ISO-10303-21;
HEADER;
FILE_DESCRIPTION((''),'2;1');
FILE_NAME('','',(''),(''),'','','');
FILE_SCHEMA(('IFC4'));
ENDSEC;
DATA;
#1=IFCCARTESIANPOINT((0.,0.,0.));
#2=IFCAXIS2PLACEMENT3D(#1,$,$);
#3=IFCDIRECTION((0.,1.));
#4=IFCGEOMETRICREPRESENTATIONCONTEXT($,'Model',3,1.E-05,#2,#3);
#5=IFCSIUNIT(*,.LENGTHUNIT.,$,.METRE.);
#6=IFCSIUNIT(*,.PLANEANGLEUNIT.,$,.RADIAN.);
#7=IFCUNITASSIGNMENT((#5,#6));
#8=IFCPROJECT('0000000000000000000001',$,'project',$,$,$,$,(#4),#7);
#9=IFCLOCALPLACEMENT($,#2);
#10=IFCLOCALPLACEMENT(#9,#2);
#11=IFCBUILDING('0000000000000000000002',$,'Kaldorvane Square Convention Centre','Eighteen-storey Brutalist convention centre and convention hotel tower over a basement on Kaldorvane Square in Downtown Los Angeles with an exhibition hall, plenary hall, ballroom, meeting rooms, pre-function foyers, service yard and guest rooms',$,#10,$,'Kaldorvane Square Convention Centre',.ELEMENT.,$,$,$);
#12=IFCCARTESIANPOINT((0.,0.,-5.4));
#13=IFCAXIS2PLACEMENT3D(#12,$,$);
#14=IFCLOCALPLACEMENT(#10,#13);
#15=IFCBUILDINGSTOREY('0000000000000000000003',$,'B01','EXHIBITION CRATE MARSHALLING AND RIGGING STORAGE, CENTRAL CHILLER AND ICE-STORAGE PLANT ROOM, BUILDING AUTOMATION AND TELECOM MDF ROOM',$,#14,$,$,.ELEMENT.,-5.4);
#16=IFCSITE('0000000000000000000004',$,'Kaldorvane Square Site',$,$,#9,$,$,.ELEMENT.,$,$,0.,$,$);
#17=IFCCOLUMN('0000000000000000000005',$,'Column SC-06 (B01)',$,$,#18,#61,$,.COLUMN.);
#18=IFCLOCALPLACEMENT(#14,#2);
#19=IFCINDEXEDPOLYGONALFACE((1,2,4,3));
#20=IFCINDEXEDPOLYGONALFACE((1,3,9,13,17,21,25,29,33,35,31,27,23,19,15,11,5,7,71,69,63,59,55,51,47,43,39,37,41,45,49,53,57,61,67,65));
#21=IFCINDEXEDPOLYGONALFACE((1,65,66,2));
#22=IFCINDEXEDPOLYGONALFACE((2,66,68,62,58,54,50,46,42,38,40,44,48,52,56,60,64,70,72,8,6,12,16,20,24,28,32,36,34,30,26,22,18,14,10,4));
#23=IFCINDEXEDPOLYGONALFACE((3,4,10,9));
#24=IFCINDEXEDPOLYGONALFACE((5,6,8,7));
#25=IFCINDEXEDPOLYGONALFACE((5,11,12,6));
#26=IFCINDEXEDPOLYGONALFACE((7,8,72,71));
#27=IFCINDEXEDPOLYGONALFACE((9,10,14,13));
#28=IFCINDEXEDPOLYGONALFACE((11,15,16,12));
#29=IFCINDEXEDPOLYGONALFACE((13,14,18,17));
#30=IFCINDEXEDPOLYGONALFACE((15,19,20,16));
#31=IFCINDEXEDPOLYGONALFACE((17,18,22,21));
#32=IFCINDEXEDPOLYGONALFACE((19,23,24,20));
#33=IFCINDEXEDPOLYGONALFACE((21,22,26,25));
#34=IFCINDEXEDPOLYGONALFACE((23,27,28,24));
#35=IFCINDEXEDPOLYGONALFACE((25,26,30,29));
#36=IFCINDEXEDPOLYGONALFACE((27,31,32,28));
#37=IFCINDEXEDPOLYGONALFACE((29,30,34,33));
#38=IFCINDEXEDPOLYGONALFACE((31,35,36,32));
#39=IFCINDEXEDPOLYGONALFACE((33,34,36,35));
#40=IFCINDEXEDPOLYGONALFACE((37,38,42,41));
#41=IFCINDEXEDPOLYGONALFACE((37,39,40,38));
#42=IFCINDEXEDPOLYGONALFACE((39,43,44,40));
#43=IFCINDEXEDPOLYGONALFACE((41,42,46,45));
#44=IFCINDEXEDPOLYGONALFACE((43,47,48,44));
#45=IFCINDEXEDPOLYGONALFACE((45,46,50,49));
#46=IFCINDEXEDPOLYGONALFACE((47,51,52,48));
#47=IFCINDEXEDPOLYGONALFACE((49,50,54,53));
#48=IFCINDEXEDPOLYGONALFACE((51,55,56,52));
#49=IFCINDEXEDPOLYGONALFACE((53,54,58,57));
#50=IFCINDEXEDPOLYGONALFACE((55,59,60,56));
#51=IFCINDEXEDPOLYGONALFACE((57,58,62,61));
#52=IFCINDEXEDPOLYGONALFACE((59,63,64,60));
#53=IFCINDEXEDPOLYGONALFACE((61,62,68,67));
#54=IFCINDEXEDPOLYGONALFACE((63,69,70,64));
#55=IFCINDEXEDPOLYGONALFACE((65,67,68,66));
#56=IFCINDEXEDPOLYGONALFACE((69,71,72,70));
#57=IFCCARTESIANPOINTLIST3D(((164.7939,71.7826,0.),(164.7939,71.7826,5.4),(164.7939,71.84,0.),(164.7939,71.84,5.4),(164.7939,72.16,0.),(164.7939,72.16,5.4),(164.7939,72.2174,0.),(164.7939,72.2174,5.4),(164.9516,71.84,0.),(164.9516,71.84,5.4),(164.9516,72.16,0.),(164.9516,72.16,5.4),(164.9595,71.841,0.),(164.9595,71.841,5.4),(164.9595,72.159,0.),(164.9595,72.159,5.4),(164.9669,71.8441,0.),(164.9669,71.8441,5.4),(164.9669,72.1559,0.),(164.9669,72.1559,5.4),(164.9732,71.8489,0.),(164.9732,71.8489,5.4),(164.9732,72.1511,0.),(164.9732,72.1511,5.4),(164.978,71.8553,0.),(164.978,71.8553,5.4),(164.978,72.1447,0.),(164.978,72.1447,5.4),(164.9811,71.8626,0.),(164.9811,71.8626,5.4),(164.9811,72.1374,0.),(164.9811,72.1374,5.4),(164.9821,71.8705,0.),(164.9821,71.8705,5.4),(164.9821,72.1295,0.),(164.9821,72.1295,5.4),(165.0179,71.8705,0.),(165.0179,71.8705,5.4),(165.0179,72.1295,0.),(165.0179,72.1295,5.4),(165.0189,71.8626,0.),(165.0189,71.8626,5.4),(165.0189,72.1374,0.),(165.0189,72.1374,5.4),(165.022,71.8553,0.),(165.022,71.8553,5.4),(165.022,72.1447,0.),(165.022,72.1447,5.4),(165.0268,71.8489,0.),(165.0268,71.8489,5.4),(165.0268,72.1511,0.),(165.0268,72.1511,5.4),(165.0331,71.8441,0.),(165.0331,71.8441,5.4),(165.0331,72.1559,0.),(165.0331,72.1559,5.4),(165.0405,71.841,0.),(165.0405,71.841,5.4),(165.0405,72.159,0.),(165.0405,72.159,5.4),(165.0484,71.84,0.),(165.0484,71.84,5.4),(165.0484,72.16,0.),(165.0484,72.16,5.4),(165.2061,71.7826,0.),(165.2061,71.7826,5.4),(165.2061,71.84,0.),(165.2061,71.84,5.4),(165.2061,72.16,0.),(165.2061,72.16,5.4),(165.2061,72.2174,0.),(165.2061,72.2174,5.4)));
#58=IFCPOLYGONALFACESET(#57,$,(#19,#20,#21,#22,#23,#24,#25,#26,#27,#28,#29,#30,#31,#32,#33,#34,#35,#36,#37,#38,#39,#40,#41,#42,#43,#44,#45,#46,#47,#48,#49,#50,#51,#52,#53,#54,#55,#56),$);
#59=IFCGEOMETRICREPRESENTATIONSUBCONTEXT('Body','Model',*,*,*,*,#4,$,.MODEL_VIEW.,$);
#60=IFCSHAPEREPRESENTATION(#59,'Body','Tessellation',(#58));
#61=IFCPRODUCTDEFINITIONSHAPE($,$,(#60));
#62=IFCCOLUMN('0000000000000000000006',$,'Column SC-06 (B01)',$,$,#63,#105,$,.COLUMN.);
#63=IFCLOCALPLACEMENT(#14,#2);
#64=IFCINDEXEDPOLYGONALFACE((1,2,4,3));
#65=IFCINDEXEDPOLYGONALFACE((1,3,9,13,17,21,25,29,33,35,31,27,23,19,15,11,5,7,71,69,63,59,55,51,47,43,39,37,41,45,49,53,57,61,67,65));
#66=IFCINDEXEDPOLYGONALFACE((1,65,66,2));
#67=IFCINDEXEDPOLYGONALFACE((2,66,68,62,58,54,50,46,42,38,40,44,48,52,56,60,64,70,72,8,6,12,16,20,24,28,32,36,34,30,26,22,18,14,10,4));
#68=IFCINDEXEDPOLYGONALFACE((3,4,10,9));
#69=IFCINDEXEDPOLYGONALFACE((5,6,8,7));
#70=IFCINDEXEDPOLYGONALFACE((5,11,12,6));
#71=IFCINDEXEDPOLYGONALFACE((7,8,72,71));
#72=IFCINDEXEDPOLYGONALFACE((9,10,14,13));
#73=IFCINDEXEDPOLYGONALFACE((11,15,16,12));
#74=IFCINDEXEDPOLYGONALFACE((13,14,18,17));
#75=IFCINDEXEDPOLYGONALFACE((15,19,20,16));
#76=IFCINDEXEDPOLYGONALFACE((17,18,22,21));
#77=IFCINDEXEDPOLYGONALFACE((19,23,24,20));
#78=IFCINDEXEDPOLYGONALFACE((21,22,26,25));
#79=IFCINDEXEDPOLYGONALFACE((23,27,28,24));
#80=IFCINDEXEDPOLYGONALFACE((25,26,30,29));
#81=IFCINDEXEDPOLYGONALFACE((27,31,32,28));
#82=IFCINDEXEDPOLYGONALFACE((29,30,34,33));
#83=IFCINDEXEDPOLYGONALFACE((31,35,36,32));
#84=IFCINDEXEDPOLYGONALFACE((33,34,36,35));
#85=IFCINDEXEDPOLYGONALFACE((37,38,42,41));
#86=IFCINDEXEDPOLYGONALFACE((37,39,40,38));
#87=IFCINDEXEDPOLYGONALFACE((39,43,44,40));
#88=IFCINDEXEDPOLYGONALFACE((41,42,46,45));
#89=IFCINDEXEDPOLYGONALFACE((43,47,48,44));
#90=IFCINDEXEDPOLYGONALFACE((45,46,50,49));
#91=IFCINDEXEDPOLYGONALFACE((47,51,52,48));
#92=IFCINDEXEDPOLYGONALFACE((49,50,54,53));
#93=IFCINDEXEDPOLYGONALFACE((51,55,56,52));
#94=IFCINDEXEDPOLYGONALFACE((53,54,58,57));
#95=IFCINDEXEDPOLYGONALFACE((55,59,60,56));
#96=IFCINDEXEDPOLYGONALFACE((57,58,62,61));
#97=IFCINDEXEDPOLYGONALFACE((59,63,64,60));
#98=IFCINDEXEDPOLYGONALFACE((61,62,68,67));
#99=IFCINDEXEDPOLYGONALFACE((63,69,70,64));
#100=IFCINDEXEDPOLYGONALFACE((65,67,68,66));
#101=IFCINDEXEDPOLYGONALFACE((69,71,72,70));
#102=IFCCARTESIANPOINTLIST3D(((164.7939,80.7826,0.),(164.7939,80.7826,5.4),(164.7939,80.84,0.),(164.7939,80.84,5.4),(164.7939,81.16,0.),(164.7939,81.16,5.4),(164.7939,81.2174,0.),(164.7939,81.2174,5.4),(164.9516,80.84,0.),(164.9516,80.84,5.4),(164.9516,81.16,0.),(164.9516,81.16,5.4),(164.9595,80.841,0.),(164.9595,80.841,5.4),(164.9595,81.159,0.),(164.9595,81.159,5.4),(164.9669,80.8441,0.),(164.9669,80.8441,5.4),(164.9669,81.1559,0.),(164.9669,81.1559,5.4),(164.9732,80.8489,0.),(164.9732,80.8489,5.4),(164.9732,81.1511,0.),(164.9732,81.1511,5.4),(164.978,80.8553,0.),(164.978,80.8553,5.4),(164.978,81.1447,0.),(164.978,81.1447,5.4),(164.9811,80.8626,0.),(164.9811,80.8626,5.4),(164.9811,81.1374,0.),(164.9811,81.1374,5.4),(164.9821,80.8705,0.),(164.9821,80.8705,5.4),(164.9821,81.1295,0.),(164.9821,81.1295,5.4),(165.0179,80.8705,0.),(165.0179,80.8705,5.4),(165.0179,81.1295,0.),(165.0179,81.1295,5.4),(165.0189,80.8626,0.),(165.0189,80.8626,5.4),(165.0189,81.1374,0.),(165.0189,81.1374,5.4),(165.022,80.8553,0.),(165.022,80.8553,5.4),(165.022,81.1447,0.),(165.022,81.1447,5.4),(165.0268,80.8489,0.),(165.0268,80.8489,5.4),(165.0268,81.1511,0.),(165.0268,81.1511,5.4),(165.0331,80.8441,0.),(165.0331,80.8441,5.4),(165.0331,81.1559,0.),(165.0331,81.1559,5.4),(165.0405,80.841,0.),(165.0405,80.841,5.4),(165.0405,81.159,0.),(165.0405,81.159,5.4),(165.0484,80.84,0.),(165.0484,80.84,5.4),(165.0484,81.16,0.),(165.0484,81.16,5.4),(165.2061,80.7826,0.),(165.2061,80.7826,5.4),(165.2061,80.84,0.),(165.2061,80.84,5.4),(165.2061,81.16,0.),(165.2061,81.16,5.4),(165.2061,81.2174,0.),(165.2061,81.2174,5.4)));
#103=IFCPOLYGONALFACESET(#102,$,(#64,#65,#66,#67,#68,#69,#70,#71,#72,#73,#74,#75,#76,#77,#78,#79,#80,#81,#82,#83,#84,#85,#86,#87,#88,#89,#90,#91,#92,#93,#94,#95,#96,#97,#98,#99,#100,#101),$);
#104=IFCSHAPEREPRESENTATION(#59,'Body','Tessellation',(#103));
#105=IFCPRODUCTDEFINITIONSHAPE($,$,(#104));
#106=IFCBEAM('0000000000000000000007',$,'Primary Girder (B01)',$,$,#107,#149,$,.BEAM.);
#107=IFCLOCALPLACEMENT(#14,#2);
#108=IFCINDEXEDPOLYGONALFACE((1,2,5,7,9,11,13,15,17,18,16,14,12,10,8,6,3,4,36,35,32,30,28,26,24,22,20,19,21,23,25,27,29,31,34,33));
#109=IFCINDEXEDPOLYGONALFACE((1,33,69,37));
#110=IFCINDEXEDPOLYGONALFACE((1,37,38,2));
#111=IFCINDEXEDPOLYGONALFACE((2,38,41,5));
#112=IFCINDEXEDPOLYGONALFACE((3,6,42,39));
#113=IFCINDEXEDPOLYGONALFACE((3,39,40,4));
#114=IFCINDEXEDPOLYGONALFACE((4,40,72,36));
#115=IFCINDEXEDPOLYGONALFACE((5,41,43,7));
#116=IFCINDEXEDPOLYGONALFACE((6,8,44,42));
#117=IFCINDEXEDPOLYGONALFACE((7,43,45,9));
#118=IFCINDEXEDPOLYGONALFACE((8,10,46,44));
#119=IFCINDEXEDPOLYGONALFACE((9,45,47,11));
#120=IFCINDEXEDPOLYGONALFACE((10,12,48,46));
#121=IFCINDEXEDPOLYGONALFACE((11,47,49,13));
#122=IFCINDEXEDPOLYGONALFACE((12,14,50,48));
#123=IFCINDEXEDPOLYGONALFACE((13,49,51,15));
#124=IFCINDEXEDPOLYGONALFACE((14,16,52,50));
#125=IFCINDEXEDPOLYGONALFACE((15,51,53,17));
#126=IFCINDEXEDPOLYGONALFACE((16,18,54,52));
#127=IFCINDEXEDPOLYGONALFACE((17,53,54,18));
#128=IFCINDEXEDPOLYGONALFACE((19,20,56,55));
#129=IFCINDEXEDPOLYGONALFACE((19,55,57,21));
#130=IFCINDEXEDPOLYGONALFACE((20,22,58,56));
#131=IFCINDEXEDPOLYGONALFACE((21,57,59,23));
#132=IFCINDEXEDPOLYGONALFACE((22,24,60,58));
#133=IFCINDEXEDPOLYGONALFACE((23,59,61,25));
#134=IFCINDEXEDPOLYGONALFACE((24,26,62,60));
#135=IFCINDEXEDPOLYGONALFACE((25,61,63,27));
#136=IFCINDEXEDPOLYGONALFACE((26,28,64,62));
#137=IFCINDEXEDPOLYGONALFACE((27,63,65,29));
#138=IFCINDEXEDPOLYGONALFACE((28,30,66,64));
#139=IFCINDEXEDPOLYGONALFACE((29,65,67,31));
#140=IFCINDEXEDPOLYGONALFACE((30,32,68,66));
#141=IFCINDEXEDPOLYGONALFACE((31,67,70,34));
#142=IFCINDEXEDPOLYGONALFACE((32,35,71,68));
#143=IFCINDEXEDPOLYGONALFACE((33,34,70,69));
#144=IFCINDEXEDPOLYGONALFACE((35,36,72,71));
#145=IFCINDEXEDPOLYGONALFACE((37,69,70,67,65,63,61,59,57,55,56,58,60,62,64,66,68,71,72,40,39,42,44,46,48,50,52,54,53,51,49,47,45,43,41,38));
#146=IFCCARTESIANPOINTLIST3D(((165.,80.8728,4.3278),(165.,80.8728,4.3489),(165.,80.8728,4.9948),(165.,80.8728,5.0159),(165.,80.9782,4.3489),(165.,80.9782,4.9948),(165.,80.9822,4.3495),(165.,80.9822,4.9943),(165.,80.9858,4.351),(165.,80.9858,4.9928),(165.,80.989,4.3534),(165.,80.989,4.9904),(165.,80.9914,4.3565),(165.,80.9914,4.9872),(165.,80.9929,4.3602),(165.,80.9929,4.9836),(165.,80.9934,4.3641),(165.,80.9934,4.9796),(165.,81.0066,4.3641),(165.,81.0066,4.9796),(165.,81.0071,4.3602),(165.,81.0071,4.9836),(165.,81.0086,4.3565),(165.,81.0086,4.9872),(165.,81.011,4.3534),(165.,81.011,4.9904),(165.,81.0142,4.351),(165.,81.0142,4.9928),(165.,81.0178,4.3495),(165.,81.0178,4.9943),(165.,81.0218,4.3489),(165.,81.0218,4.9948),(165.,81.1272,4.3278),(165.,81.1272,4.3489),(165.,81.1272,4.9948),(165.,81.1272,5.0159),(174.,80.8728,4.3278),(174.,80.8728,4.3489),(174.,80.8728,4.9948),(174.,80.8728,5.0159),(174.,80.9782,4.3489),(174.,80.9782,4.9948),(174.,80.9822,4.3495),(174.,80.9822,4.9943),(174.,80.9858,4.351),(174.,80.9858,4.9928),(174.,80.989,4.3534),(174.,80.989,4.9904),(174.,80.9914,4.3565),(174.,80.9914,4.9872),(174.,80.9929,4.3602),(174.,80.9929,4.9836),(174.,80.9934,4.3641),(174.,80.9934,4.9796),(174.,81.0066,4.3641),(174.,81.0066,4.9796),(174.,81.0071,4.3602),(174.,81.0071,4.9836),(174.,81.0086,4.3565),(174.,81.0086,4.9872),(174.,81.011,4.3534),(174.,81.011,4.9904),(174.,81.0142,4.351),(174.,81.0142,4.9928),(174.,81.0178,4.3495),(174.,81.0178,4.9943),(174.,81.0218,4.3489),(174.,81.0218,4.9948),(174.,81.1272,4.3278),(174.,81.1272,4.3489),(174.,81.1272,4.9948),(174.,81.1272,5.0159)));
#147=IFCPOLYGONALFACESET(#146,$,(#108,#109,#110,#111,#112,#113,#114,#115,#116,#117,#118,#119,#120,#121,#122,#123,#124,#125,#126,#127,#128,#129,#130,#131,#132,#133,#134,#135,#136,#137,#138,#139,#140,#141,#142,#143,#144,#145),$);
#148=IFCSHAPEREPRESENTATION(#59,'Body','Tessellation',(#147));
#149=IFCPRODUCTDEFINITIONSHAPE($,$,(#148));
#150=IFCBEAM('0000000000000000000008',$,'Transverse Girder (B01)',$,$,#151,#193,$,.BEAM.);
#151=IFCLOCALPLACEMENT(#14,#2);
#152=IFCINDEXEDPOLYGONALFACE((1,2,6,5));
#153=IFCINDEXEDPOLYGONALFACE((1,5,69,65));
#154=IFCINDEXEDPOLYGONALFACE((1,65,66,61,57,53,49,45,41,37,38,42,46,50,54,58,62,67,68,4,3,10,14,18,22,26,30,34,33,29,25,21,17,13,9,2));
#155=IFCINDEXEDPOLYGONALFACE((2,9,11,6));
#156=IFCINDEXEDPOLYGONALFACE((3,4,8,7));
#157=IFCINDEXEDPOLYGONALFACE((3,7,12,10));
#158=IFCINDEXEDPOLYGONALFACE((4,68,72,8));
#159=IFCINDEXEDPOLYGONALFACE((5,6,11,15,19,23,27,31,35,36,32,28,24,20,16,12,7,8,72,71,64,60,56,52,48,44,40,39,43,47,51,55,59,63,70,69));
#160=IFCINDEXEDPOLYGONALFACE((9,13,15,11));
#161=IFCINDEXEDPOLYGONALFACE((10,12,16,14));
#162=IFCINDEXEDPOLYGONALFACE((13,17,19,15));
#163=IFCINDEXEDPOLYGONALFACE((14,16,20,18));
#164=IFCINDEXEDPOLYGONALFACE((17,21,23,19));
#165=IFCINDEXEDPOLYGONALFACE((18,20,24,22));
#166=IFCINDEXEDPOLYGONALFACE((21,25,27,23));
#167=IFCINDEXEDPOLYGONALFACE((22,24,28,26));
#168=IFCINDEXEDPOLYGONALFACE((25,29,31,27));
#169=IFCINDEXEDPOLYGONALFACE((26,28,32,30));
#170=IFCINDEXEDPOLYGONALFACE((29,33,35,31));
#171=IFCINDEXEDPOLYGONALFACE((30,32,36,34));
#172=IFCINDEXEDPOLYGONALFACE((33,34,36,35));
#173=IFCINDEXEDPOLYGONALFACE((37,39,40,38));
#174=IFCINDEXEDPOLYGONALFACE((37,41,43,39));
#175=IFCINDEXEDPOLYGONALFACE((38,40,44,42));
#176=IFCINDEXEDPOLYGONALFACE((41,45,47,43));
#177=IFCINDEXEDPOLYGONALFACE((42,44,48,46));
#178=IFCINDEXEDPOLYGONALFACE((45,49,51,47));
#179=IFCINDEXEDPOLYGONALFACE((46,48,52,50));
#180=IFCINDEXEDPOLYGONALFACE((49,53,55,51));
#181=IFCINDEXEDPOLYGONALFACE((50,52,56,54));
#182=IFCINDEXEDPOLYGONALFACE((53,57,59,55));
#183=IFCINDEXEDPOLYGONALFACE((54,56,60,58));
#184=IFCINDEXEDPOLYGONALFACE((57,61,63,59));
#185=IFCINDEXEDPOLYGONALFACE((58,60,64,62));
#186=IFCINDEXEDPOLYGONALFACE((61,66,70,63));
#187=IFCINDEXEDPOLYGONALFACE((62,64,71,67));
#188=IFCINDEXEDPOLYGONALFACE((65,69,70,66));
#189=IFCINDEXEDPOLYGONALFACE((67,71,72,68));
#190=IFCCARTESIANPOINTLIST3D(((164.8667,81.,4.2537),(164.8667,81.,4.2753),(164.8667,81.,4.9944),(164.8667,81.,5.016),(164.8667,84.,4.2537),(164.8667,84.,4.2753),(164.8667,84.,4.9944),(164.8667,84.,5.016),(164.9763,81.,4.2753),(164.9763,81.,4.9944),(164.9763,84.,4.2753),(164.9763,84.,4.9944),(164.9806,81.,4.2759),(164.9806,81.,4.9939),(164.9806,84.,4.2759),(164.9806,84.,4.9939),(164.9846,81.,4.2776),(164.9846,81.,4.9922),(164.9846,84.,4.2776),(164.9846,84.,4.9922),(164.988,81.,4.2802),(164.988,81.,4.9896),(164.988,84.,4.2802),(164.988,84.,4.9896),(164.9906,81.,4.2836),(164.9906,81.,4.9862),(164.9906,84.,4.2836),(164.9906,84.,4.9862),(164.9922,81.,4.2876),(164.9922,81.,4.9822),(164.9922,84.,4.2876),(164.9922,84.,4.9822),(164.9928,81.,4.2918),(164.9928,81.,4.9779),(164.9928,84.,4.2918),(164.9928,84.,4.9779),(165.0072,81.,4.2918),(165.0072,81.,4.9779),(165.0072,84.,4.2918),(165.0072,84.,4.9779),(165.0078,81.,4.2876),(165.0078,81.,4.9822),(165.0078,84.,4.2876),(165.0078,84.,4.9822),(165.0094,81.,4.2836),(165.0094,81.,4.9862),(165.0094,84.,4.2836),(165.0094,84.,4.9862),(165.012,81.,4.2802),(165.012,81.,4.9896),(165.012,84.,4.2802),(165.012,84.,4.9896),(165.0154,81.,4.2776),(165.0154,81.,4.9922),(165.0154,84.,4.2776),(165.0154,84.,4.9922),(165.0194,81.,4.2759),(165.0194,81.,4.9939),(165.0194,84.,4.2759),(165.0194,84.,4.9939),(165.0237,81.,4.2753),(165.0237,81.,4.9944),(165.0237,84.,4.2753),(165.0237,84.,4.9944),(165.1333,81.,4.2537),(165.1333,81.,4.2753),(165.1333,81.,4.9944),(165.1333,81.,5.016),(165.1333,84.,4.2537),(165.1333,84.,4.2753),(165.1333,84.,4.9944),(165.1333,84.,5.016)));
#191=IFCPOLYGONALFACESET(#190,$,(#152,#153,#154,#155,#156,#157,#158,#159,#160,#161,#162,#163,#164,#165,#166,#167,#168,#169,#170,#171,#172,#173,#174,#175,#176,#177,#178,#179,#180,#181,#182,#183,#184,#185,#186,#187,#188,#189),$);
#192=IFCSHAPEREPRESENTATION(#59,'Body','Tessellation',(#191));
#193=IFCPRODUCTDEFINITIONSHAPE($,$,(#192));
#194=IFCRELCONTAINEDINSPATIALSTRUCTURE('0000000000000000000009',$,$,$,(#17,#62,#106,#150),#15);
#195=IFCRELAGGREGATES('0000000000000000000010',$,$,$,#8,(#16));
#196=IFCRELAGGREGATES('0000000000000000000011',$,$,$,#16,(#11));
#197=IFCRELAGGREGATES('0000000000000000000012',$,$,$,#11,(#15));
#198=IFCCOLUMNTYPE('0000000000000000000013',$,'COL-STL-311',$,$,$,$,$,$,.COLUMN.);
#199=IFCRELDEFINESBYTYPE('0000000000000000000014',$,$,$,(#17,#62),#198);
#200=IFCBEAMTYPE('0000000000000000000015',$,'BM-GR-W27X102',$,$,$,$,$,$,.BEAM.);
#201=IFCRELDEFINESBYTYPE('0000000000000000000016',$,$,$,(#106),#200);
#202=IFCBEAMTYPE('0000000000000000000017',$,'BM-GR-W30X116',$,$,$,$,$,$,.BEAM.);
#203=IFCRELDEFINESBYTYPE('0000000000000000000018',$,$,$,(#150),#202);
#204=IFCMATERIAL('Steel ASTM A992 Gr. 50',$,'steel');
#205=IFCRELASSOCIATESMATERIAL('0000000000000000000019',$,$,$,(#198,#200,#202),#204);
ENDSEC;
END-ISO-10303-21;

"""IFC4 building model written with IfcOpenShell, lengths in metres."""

from ifc_helpers import new_model, si_unit, direction, frame, origin, origin_2d, place, context, subcontext, project, spatial, i_section, extrude, material, material_profile, profile_set, type_object, element, save


model = new_model("IFC4")

# Units and contexts
model_context = context("Model", 3, precision=1e-05, world=origin(), true_north=direction((0.0, 1.0)))
body_context = subcontext(model_context, "Body", "Model", "MODEL_VIEW")
ifc_project = project(units=[si_unit("LENGTHUNIT", "METRE"), si_unit("PLANEANGLEUNIT", "RADIAN")], contexts=[model_context])

# Site, building, storey
site_placement = place(None, origin())
site = spatial("IfcSite", under=ifc_project, at=site_placement, Name="Kaldorvane Square Site", CompositionType="ELEMENT", RefElevation=0.0)
building_placement = place(site_placement, origin())
building = spatial("IfcBuilding", under=site, at=building_placement, Name="Kaldorvane Square Convention Centre", Description="Eighteen-storey Brutalist convention centre and convention hotel tower over a basement on Kaldorvane Square in Downtown Los Angeles with an exhibition hall, plenary hall, ballroom, meeting rooms, pre-function foyers, service yard and guest rooms", LongName="Kaldorvane Square Convention Centre", CompositionType="ELEMENT")
storey_placement = place(building_placement, frame((0.0, 0.0, -5.4)))
storey = spatial("IfcBuildingStorey", under=building, at=storey_placement, Name="B01", Description="EXHIBITION CRATE MARSHALLING AND RIGGING STORAGE, CENTRAL CHILLER AND ICE-STORAGE PLANT ROOM, BUILDING AUTOMATION AND TELECOM MDF ROOM", CompositionType="ELEMENT", Elevation=-5.4)

# Columns
ifc_material_1 = material(Name="Steel ASTM A992 Gr. 50", Category="steel")
ifc_material_profile_1 = material_profile(ifc_material_1, i_section(OverallWidth=0.4122, OverallDepth=0.4348, WebThickness=0.0358, FlangeThickness=0.0574, FilletRadius=0.0305, at=origin_2d()), Name="W14X311")
ifc_profile_set_1 = profile_set([ifc_material_profile_1], Name="Steel ASTM A992 Gr. 50")
column_type_1 = type_object("IfcColumnType", Name="COL-STL-311", PredefinedType="COLUMN", material=ifc_profile_set_1)
for number, where, z_axis, x_axis, name in (
    (1, (165.0, 72.0, 0.0), (0.0, 0.0, 1.0), (1.0, 0.0, 0.0), "Column SC-06 (B01)"),
    (2, (165.0, 81.0, 0.0), (0.0, 0.0, 1.0), (1.0, 0.0, 0.0), "Column SC-06 (B01)"),
):
    element("IfcColumn", number, at=place(storey_placement, frame(where, z_axis=z_axis, x_axis=x_axis)), inside=storey, type_object=column_type_1, Name=name, PredefinedType="COLUMN", context=body_context, shape_type="SweptSolid", body=[
        extrude(i_section(OverallWidth=0.4122, OverallDepth=0.4348, WebThickness=0.0358, FlangeThickness=0.0574, FilletRadius=0.0305, at=origin_2d()), origin(), (0.0, 0.0, 1.0), 5.4),
    ])

# Beams
ifc_material_profile_2 = material_profile(ifc_material_1, i_section(OverallWidth=0.2544, OverallDepth=0.6881, WebThickness=0.0131, FlangeThickness=0.0211, FilletRadius=0.0152, at=origin_2d()), Name="W27X102")
ifc_profile_set_2 = profile_set([ifc_material_profile_2], Name="Steel ASTM A992 Gr. 50")
beam_type_1 = type_object("IfcBeamType", Name="BM-GR-W27X102", PredefinedType="BEAM", material=ifc_profile_set_2)
beam_1_placement = place(storey_placement, frame((165.0, 81.0, 4.6719), z_axis=(1.0, 0.0, 0.0), x_axis=(0.0, 1.0, 0.0)))
element("IfcBeam", 3, at=beam_1_placement, inside=storey, type_object=beam_type_1, Name="Primary Girder (B01)", PredefinedType="BEAM", context=body_context, shape_type="SweptSolid", body=[
    extrude(i_section(OverallWidth=0.2544, OverallDepth=0.6881, WebThickness=0.0131, FlangeThickness=0.0211, FilletRadius=0.0152, at=origin_2d()), origin(), (0.0, 0.0, 1.0), 9.0),
])
ifc_material_profile_3 = material_profile(ifc_material_1, i_section(OverallWidth=0.2666, OverallDepth=0.7623, WebThickness=0.0144, FlangeThickness=0.0216, FilletRadius=0.0165, at=origin_2d()), Name="W30X116")
ifc_profile_set_3 = profile_set([ifc_material_profile_3], Name="Steel ASTM A992 Gr. 50")
beam_type_2 = type_object("IfcBeamType", Name="BM-GR-W30X116", PredefinedType="BEAM", material=ifc_profile_set_3)
beam_2_placement = place(storey_placement, frame((165.0, 81.0, 4.6349), z_axis=(0.0, 1.0, 0.0), x_axis=(-1.0, 0.0, 0.0)))
element("IfcBeam", 4, at=beam_2_placement, inside=storey, type_object=beam_type_2, Name="Transverse Girder (B01)", PredefinedType="BEAM", context=body_context, shape_type="SweptSolid", body=[
    extrude(i_section(OverallWidth=0.2666, OverallDepth=0.7623, WebThickness=0.0144, FlangeThickness=0.0216, FilletRadius=0.0165, at=origin_2d()), origin(), (0.0, 0.0, 1.0), 3.0),
])

save(model, "model.ifc")
